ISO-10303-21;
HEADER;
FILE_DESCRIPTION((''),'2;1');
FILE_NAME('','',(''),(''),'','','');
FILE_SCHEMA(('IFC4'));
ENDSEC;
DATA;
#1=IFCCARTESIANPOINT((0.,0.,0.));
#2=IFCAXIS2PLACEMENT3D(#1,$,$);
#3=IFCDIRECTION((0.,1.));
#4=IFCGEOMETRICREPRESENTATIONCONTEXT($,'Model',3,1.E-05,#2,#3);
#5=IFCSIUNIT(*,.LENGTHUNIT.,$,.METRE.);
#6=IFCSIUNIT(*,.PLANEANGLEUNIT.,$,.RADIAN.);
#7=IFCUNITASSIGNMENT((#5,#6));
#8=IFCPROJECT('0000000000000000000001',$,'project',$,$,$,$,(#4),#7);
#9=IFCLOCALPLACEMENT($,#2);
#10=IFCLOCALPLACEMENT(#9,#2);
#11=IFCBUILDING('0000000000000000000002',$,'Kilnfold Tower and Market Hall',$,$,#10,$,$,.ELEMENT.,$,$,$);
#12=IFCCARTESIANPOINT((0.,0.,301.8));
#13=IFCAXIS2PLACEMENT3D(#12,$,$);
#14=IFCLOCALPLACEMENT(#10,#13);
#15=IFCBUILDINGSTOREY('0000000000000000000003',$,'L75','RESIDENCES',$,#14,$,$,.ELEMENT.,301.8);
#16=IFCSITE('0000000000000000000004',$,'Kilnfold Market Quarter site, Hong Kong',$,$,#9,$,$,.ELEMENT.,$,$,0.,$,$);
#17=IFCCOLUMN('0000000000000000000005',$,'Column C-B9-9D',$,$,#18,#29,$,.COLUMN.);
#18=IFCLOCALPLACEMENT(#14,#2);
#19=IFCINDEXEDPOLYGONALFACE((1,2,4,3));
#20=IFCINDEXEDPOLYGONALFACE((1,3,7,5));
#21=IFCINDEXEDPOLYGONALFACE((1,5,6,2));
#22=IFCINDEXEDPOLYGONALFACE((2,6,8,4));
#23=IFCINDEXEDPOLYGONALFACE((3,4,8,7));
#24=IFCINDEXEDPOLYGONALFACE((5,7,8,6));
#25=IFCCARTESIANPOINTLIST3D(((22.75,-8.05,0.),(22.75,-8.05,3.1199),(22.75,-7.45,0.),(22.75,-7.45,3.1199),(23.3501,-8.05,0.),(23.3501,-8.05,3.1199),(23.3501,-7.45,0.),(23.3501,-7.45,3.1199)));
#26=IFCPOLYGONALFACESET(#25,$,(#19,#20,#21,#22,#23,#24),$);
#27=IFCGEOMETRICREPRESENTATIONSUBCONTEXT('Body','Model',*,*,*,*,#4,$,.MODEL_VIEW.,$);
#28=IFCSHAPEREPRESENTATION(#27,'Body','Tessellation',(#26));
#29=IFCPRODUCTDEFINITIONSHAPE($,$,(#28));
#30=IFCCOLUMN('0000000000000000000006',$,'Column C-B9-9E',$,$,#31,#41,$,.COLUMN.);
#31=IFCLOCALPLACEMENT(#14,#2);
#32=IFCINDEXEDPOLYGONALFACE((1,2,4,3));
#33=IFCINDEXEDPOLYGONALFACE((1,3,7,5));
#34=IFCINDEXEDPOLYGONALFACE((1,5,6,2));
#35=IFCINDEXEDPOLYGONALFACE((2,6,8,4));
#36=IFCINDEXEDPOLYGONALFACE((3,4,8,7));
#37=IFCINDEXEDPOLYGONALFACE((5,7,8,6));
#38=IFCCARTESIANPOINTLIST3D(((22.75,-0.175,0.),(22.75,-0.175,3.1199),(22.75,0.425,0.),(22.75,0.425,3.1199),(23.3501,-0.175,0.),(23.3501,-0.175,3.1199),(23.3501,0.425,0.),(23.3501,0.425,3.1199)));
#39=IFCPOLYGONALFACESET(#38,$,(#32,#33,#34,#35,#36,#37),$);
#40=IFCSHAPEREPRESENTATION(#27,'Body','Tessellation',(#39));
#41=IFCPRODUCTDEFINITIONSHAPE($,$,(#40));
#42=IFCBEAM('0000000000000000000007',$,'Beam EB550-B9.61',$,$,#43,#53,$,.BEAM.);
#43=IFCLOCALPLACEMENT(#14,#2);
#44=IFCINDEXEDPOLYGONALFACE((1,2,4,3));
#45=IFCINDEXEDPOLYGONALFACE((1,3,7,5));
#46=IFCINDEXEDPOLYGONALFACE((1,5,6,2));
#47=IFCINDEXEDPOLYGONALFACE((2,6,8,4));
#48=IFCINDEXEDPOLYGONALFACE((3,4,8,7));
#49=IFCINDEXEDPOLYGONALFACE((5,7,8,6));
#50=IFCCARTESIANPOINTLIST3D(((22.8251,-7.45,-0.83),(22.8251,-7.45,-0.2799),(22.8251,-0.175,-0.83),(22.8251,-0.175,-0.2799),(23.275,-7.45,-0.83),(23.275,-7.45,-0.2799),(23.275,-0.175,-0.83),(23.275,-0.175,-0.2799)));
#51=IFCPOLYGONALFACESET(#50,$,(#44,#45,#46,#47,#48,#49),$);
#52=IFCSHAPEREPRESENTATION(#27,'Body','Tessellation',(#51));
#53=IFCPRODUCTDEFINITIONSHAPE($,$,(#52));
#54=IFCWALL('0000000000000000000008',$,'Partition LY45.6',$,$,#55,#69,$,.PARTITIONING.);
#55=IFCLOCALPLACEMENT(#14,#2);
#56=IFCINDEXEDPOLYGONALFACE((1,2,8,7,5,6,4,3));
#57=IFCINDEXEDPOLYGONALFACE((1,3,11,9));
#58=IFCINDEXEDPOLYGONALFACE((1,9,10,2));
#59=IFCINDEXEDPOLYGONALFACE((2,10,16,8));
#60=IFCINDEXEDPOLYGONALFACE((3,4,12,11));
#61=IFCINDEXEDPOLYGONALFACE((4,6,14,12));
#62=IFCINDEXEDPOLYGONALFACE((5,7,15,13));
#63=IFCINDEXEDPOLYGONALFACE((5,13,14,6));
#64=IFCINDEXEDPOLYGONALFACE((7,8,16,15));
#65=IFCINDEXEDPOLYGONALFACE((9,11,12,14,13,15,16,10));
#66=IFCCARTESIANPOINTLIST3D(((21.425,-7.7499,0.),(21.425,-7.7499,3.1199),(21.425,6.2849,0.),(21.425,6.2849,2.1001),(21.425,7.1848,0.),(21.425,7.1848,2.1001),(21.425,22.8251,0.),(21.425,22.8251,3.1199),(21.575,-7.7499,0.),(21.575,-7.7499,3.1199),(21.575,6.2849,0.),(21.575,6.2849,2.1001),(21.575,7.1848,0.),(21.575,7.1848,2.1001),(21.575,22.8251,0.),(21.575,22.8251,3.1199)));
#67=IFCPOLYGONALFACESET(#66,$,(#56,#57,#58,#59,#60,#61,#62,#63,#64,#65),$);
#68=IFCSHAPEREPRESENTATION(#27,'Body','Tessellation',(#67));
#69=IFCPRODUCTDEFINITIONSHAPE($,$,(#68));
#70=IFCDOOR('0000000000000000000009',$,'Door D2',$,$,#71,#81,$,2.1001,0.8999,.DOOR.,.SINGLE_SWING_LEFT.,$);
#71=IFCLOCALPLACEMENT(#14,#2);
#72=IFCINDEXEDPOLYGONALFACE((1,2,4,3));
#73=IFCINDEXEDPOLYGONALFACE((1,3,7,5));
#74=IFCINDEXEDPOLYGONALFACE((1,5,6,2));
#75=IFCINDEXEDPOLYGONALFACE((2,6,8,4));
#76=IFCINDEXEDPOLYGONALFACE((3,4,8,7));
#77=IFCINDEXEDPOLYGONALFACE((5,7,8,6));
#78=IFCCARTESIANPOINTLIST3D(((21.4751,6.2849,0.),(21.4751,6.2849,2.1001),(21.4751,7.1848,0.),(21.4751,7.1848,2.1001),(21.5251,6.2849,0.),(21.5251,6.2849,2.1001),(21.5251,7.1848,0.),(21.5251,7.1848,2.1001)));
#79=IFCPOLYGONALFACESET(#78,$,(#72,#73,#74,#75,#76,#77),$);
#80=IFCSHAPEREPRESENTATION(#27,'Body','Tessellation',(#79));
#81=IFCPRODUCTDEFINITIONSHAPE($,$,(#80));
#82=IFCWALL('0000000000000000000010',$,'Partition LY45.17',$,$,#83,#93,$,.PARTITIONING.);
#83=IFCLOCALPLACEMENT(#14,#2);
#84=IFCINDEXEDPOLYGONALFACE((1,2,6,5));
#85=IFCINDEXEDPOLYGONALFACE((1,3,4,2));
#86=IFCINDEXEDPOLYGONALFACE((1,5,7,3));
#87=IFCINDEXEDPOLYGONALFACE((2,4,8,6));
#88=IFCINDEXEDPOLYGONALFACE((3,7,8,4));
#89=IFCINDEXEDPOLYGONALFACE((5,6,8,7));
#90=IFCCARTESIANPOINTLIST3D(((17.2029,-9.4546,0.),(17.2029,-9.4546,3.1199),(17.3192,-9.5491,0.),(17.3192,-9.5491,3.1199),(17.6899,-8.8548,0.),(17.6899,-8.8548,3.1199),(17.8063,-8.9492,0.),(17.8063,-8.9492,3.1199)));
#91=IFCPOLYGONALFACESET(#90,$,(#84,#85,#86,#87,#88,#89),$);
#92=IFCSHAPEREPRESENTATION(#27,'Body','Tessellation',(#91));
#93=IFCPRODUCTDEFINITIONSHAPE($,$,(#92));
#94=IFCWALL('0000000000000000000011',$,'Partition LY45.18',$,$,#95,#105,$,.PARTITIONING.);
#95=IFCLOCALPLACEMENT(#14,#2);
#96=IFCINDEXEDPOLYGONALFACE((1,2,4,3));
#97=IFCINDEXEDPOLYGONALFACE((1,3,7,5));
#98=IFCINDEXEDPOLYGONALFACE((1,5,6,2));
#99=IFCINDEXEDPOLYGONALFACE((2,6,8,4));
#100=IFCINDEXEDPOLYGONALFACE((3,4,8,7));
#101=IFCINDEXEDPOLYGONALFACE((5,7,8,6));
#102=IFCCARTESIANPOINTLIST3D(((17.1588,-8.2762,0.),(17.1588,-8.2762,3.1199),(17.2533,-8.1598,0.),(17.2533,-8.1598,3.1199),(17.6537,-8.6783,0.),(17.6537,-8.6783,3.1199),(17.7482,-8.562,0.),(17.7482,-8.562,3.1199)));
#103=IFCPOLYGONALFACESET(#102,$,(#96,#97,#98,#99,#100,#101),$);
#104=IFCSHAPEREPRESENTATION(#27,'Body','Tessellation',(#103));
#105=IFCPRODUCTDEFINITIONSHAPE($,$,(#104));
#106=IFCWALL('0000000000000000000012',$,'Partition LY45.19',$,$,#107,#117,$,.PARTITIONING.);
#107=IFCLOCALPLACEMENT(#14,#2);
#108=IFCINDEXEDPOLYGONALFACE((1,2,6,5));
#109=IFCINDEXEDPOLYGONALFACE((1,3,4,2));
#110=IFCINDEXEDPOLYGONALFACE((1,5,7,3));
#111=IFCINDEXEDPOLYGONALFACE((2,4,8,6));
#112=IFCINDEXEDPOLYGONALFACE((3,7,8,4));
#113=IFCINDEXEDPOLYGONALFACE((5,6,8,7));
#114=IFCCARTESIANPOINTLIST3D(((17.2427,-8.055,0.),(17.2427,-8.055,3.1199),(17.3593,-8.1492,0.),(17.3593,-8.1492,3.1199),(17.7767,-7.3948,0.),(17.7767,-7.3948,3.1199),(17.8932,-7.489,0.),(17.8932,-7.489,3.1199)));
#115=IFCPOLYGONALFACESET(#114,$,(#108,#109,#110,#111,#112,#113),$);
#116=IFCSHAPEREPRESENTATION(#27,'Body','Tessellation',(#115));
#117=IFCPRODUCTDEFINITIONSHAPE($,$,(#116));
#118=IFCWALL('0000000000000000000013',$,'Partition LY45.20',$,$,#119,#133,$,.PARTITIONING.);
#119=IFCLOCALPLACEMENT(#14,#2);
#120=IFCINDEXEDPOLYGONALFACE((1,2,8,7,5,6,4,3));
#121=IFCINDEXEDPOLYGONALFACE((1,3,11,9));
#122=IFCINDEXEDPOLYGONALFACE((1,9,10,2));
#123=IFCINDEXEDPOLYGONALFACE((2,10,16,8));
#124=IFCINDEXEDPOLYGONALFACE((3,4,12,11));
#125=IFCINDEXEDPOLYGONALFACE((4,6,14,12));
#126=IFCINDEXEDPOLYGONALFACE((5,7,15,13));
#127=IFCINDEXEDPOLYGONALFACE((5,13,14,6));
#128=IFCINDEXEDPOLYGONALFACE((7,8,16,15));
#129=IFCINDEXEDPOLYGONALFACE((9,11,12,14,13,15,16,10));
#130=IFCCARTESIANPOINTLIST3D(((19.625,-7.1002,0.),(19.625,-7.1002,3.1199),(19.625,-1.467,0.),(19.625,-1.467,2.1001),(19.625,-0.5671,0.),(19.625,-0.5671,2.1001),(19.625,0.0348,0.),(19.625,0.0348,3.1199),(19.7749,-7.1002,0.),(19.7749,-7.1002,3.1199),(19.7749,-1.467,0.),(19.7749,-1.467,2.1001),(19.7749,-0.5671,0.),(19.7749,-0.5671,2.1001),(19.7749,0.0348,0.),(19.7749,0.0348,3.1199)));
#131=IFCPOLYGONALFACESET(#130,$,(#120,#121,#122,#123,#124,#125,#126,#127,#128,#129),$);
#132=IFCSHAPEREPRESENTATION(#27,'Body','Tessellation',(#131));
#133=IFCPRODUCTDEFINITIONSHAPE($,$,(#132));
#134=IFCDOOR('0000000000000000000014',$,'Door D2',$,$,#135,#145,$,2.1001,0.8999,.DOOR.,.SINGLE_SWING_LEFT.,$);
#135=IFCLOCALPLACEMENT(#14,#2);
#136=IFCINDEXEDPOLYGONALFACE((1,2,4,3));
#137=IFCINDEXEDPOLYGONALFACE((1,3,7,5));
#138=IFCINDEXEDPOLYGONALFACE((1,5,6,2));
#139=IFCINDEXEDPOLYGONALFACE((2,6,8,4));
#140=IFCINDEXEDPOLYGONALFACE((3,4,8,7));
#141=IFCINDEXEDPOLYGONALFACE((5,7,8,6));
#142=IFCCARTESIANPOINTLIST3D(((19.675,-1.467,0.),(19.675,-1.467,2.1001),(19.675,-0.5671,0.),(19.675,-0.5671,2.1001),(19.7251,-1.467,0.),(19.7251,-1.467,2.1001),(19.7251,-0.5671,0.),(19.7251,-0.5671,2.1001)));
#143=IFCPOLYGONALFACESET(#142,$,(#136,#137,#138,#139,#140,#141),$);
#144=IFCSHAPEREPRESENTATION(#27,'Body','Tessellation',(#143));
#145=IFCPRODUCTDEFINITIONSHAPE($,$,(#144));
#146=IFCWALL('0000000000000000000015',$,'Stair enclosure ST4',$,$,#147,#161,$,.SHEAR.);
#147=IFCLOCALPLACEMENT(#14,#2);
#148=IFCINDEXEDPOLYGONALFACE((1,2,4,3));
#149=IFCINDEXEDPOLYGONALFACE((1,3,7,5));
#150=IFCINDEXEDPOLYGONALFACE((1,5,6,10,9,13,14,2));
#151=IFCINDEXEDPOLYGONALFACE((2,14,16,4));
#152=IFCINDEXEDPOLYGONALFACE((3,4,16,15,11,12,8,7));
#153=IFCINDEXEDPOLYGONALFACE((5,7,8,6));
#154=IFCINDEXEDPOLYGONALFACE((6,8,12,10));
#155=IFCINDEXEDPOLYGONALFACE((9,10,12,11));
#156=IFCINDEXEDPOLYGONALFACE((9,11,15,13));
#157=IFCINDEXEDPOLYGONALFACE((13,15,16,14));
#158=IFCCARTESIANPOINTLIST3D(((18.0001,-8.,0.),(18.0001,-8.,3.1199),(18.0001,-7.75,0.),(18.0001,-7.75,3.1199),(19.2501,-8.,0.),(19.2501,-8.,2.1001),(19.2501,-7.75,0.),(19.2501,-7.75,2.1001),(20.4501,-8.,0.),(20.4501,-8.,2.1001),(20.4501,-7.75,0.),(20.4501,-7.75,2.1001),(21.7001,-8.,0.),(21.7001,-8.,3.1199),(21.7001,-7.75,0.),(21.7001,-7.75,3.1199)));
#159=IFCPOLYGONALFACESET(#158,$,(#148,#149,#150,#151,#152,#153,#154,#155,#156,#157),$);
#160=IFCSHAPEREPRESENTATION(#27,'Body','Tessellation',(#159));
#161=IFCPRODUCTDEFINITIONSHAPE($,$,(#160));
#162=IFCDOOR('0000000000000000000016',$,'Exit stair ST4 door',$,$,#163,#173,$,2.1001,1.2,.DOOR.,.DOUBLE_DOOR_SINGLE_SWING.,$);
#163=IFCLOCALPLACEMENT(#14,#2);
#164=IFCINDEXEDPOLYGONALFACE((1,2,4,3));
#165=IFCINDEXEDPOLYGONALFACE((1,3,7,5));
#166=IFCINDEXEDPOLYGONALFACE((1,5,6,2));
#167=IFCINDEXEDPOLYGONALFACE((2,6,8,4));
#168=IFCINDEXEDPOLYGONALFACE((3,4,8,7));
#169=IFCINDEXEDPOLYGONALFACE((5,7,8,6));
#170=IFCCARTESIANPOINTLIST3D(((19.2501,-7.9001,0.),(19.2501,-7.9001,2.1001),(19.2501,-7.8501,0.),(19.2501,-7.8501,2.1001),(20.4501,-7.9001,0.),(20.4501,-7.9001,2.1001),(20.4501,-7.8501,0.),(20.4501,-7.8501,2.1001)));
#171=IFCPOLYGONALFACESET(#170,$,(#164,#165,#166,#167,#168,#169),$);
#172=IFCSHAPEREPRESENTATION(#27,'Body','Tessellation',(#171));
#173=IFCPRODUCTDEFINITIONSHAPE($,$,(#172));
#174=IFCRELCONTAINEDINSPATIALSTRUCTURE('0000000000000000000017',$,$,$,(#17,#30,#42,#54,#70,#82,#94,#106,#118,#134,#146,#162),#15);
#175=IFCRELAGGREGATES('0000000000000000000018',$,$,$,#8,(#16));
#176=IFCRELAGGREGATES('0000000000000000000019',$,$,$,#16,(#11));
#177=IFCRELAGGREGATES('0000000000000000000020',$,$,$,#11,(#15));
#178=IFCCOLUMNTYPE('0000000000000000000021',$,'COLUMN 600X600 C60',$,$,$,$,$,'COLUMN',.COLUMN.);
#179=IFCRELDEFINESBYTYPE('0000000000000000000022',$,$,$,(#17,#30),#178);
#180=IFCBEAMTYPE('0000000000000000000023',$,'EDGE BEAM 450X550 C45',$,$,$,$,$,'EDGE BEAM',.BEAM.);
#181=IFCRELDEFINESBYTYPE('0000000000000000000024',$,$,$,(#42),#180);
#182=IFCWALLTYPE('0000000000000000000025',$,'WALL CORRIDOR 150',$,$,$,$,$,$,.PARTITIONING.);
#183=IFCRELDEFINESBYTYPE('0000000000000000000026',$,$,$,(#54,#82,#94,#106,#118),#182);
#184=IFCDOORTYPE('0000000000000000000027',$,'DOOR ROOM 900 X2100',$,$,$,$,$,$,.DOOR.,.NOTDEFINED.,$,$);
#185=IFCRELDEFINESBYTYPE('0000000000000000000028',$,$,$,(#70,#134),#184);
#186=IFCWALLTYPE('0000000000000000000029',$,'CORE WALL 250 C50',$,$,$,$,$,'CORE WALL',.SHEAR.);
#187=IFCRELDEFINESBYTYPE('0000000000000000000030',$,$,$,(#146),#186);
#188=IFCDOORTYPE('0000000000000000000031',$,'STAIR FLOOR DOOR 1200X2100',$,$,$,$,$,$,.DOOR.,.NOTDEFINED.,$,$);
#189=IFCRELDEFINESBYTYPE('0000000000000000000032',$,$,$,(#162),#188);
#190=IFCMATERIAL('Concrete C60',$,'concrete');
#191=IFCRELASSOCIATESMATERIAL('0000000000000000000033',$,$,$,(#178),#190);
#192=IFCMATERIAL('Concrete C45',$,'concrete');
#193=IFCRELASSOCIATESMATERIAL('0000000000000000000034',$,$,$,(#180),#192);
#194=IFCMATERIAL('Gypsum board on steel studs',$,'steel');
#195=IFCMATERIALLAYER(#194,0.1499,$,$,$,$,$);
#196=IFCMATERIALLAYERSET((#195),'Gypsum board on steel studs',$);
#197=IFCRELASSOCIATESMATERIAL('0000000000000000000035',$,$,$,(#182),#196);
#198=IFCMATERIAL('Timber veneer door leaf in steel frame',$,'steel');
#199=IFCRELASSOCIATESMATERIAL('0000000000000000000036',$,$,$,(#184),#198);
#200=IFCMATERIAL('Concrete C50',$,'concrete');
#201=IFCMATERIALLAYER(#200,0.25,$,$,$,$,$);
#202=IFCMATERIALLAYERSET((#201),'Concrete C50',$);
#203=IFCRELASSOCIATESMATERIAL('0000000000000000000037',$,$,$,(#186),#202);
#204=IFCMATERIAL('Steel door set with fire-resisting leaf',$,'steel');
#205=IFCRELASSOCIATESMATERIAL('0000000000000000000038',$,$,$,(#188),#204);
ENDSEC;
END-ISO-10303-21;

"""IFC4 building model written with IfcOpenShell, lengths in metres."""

from ifc_helpers import new_model, si_unit, direction, frame, frame_2d, origin, origin_2d, place, context, subcontext, project, spatial, rectangle, extrude, source, transform, mapped, material, layer, layer_set, material_profile, profile_set, type_object, element, fill, save


model = new_model("IFC4")

# Units and contexts
model_context = context("Model", 3, precision=1e-05, world=origin(), true_north=direction((0.0, 1.0)))
body_context = subcontext(model_context, "Body", "Model", "MODEL_VIEW")
ifc_project = project(units=[si_unit("LENGTHUNIT", "METRE"), si_unit("PLANEANGLEUNIT", "RADIAN")], contexts=[model_context])

# Site, building, storey
site_placement = place(None, origin())
site = spatial("IfcSite", under=ifc_project, at=site_placement, Name="Kilnfold Market Quarter site, Hong Kong", CompositionType="ELEMENT", RefElevation=0.0)
building_placement = place(site_placement, origin())
building = spatial("IfcBuilding", under=site, at=building_placement, Name="Kilnfold Tower and Market Hall", CompositionType="ELEMENT")
storey_placement = place(building_placement, frame((0.0, 0.0, 301.8)))
storey = spatial("IfcBuildingStorey", under=building, at=storey_placement, Name="L75", Description="RESIDENCES", CompositionType="ELEMENT", Elevation=301.8)

# Columns
ifc_material_1 = material(Name="Concrete C60", Category="concrete")
ifc_material_profile_1 = material_profile(ifc_material_1, rectangle(XDim=0.6001, YDim=0.6001, at=origin_2d()), Name="RC 600x600")
ifc_profile_set_1 = profile_set([ifc_material_profile_1], Name="Concrete C60")
column_type = type_object("IfcColumnType", Name="COLUMN 600X600 C60", ElementType="COLUMN", PredefinedType="COLUMN", material=ifc_profile_set_1)
shared_shape_1 = source(origin(), body_context, "Body", "SweptSolid", [
    extrude(rectangle(XDim=0.6001, YDim=0.6001, at=origin_2d()), origin(), (0.0, 0.0, 1.0), 3.1199),
])
for number, where, z_axis, x_axis, name in (
    (1, (23.05, -7.75, 0.0), (0.0, 0.0, 1.0), (1.0, 0.0, 0.0), "Column C-B9-9D"),
    (2, (23.05, 0.125, 0.0), (0.0, 0.0, 1.0), (1.0, 0.0, 0.0), "Column C-B9-9E"),
):
    element("IfcColumn", number, at=place(storey_placement, frame(where, z_axis=z_axis, x_axis=x_axis)), inside=storey, type_object=column_type, Name=name, PredefinedType="COLUMN", context=body_context, shape_type="MappedRepresentation", body=[
        mapped(shared_shape_1, transform((0.0, 0.0, 0.0))),
    ])

# Beam
ifc_material_2 = material(Name="Concrete C45", Category="concrete")
ifc_material_profile_2 = material_profile(ifc_material_2, rectangle(XDim=0.45, YDim=0.55, at=origin_2d()), Name="RC 450x550")
ifc_profile_set_2 = profile_set([ifc_material_profile_2], Name="Concrete C45")
beam_type = type_object("IfcBeamType", Name="EDGE BEAM 450X550 C45", ElementType="EDGE BEAM", PredefinedType="BEAM", material=ifc_profile_set_2)
shared_shape_2 = source(origin(), body_context, "Body", "SweptSolid", [
    extrude(rectangle(XDim=0.45, YDim=0.55, at=origin_2d()), origin(), (0.0, 0.0, 1.0), 7.2749),
])
beam_placement = place(storey_placement, frame((23.05, -7.45, -0.5549), z_axis=(0.0, 1.0, 0.0), x_axis=(-1.0, 0.0, 0.0)))
element("IfcBeam", 3, at=beam_placement, inside=storey, type_object=beam_type, Name="Beam EB550-B9.61", PredefinedType="BEAM", context=body_context, shape_type="MappedRepresentation", body=[
    mapped(shared_shape_2, transform((0.0, 0.0, 0.0))),
])

# Wall, opening, door
ifc_material_3 = material(Name="Gypsum board on steel studs", Category="steel")
ifc_layer_1 = layer(ifc_material_3, 0.1499)
ifc_layer_set_1 = layer_set([ifc_layer_1], Name="Gypsum board on steel studs")
wall_type_1 = type_object("IfcWallType", Name="WALL CORRIDOR 150", PredefinedType="PARTITIONING", material=ifc_layer_set_1)
wall_1_placement = place(storey_placement, frame((21.5, -7.75, 0.0), z_axis=(0.0, 0.0, 1.0), x_axis=(0.0, 1.0, 0.0)))
wall_1 = element("IfcWall", 4, at=wall_1_placement, inside=storey, type_object=wall_type_1, Name="Partition LY45.6", PredefinedType="PARTITIONING", context=body_context, shape_type="SweptSolid", body=[
    extrude(rectangle(XDim=30.575, YDim=0.1499, at=frame_2d((15.2876, 0.0))), origin(), (0.0, 0.0, 1.0), 3.1199),
])
opening_1_placement = place(wall_1_placement, frame((14.0349, 0.0, 0.0)))
opening_1 = element("IfcOpeningElement", 5, at=opening_1_placement, cuts=wall_1, PredefinedType="OPENING", context=body_context, shape_type="SweptSolid", body=[
    extrude(rectangle(XDim=0.8999, YDim=2.1001, at=frame_2d((0.45, 1.05))), frame((0.0, 0.085, 0.0), z_axis=(0.0, -1.0, 0.0), x_axis=(1.0, 0.0, 0.0)), (0.0, 0.0, 1.0), 0.1699),
])
ifc_material_4 = material(Name="Timber veneer door leaf in steel frame", Category="steel")
door_type_1 = type_object("IfcDoorType", Name="DOOR ROOM 900 X2100", OperationType="NOTDEFINED", PredefinedType="DOOR", material=ifc_material_4)
door_1_placement = place(opening_1_placement, origin())
door_1 = element("IfcDoor", 6, at=door_1_placement, inside=storey, type_object=door_type_1, Name="Door D2", OperationType="SINGLE_SWING_LEFT", OverallHeight=2.1001, OverallWidth=0.8999, PredefinedType="DOOR", context=body_context, shape_type="SweptSolid", body=[
    extrude(rectangle(XDim=0.8999, YDim=2.1001, at=frame_2d((0.45, 1.05))), frame((0.0, 0.0249, 0.0), z_axis=(0.0, -1.0, 0.0), x_axis=(1.0, 0.0, 0.0)), (0.0, 0.0, 1.0), 0.05),
])
fill(opening_1, door_1)

# Walls
wall_2_placement = place(storey_placement, frame((17.748, -8.9021, 0.0), z_axis=(0.0, 0.0, 1.0), x_axis=(-0.630343, -0.776317, 0.0)))
element("IfcWall", 7, at=wall_2_placement, inside=storey, type_object=wall_type_1, Name="Partition LY45.17", PredefinedType="PARTITIONING", context=body_context, shape_type="SweptSolid", body=[
    extrude(rectangle(XDim=0.7727, YDim=0.1499, at=frame_2d((0.3862, 0.0))), origin(), (0.0, 0.0, 1.0), 3.1199),
])
wall_3_placement = place(storey_placement, frame((17.2061, -8.218, 0.0), z_axis=(0.0, 0.0, 1.0), x_axis=(0.776102, -0.630607, 0.0)))
element("IfcWall", 8, at=wall_3_placement, inside=storey, type_object=wall_type_1, Name="Partition LY45.18", PredefinedType="PARTITIONING", context=body_context, shape_type="SweptSolid", body=[
    extrude(rectangle(XDim=0.6377, YDim=0.1499, at=frame_2d((0.3188, 0.0))), origin(), (0.0, 0.0, 1.0), 3.1199),
])
wall_4_placement = place(storey_placement, frame((17.835, -7.4419, 0.0), z_axis=(0.0, 0.0, 1.0), x_axis=(-0.628859, -0.777519, 0.0)))
element("IfcWall", 9, at=wall_4_placement, inside=storey, type_object=wall_type_1, Name="Partition LY45.19", PredefinedType="PARTITIONING", context=body_context, shape_type="SweptSolid", body=[
    extrude(rectangle(XDim=0.8491, YDim=0.1499, at=frame_2d((0.4246, 0.0))), origin(), (0.0, 0.0, 1.0), 3.1199),
])

# Walls, openings, doors
wall_5_placement = place(storey_placement, frame((19.7, -7.1001, 0.0), z_axis=(0.0, 0.0, 1.0), x_axis=(0.0, 1.0, 0.0)))
wall_5 = element("IfcWall", 10, at=wall_5_placement, inside=storey, type_object=wall_type_1, Name="Partition LY45.20", PredefinedType="PARTITIONING", context=body_context, shape_type="SweptSolid", body=[
    extrude(rectangle(XDim=7.135, YDim=0.1499, at=frame_2d((3.5674, 0.0))), origin(), (0.0, 0.0, 1.0), 3.1199),
])
opening_2_placement = place(wall_5_placement, frame((5.6331, 0.0, 0.0)))
opening_2 = element("IfcOpeningElement", 11, at=opening_2_placement, cuts=wall_5, PredefinedType="OPENING", context=body_context, shape_type="SweptSolid", body=[
    extrude(rectangle(XDim=0.8999, YDim=2.1001, at=frame_2d((0.45, 1.05))), frame((0.0, 0.085, 0.0), z_axis=(0.0, -1.0, 0.0), x_axis=(1.0, 0.0, 0.0)), (0.0, 0.0, 1.0), 0.1699),
])
door_2_placement = place(opening_2_placement, origin())
door_2 = element("IfcDoor", 12, at=door_2_placement, inside=storey, type_object=door_type_1, Name="Door D2", OperationType="SINGLE_SWING_LEFT", OverallHeight=2.1001, OverallWidth=0.8999, PredefinedType="DOOR", context=body_context, shape_type="SweptSolid", body=[
    extrude(rectangle(XDim=0.8999, YDim=2.1001, at=frame_2d((0.45, 1.05))), frame((0.0, 0.0249, 0.0), z_axis=(0.0, -1.0, 0.0), x_axis=(1.0, 0.0, 0.0)), (0.0, 0.0, 1.0), 0.05),
])
fill(opening_2, door_2)
ifc_material_5 = material(Name="Concrete C50", Category="concrete")
ifc_layer_2 = layer(ifc_material_5, 0.25)
ifc_layer_set_2 = layer_set([ifc_layer_2], Name="Concrete C50")
wall_type_2 = type_object("IfcWallType", Name="CORE WALL 250 C50", ElementType="CORE WALL", PredefinedType="SHEAR", material=ifc_layer_set_2)
shared_shape_3 = source(origin(), body_context, "Body", "SweptSolid", [
    extrude(rectangle(XDim=3.7, YDim=0.25, at=frame_2d((1.8501, 0.0))), origin(), (0.0, 0.0, 1.0), 3.1199),
])
wall_6_placement = place(storey_placement, frame((18.0, -7.875, 0.0), z_axis=(0.0, 0.0, 1.0), x_axis=(1.0, 0.0, 0.0)))
wall_6 = element("IfcWall", 13, at=wall_6_placement, inside=storey, type_object=wall_type_2, Name="Stair enclosure ST4", PredefinedType="SHEAR", context=body_context, shape_type="MappedRepresentation", body=[
    mapped(shared_shape_3, transform((0.0, 0.0, 0.0))),
])
opening_3_placement = place(wall_6_placement, frame((1.25, 0.0, 0.0)))
opening_3 = element("IfcOpeningElement", 14, at=opening_3_placement, cuts=wall_6, PredefinedType="OPENING", context=body_context, shape_type="SweptSolid", body=[
    extrude(rectangle(XDim=1.2, YDim=2.1001, at=frame_2d((0.6001, 1.05))), frame((0.0, 0.135, 0.0), z_axis=(0.0, -1.0, 0.0), x_axis=(1.0, 0.0, 0.0)), (0.0, 0.0, 1.0), 0.27),
])
ifc_material_6 = material(Name="Steel door set with fire-resisting leaf", Category="steel")
door_type_2 = type_object("IfcDoorType", Name="STAIR FLOOR DOOR 1200X2100", OperationType="NOTDEFINED", PredefinedType="DOOR", material=ifc_material_6)
door_3_placement = place(opening_3_placement, origin())
door_3 = element("IfcDoor", 15, at=door_3_placement, inside=storey, type_object=door_type_2, Name="Exit stair ST4 door", OperationType="DOUBLE_DOOR_SINGLE_SWING", OverallHeight=2.1001, OverallWidth=1.2, PredefinedType="DOOR", context=body_context, shape_type="SweptSolid", body=[
    extrude(rectangle(XDim=1.2, YDim=2.1001, at=frame_2d((0.6001, 1.05))), frame((0.0, 0.0249, 0.0), z_axis=(0.0, -1.0, 0.0), x_axis=(1.0, 0.0, 0.0)), (0.0, 0.0, 1.0), 0.05),
])
fill(opening_3, door_3)

save(model, "model.ifc")
